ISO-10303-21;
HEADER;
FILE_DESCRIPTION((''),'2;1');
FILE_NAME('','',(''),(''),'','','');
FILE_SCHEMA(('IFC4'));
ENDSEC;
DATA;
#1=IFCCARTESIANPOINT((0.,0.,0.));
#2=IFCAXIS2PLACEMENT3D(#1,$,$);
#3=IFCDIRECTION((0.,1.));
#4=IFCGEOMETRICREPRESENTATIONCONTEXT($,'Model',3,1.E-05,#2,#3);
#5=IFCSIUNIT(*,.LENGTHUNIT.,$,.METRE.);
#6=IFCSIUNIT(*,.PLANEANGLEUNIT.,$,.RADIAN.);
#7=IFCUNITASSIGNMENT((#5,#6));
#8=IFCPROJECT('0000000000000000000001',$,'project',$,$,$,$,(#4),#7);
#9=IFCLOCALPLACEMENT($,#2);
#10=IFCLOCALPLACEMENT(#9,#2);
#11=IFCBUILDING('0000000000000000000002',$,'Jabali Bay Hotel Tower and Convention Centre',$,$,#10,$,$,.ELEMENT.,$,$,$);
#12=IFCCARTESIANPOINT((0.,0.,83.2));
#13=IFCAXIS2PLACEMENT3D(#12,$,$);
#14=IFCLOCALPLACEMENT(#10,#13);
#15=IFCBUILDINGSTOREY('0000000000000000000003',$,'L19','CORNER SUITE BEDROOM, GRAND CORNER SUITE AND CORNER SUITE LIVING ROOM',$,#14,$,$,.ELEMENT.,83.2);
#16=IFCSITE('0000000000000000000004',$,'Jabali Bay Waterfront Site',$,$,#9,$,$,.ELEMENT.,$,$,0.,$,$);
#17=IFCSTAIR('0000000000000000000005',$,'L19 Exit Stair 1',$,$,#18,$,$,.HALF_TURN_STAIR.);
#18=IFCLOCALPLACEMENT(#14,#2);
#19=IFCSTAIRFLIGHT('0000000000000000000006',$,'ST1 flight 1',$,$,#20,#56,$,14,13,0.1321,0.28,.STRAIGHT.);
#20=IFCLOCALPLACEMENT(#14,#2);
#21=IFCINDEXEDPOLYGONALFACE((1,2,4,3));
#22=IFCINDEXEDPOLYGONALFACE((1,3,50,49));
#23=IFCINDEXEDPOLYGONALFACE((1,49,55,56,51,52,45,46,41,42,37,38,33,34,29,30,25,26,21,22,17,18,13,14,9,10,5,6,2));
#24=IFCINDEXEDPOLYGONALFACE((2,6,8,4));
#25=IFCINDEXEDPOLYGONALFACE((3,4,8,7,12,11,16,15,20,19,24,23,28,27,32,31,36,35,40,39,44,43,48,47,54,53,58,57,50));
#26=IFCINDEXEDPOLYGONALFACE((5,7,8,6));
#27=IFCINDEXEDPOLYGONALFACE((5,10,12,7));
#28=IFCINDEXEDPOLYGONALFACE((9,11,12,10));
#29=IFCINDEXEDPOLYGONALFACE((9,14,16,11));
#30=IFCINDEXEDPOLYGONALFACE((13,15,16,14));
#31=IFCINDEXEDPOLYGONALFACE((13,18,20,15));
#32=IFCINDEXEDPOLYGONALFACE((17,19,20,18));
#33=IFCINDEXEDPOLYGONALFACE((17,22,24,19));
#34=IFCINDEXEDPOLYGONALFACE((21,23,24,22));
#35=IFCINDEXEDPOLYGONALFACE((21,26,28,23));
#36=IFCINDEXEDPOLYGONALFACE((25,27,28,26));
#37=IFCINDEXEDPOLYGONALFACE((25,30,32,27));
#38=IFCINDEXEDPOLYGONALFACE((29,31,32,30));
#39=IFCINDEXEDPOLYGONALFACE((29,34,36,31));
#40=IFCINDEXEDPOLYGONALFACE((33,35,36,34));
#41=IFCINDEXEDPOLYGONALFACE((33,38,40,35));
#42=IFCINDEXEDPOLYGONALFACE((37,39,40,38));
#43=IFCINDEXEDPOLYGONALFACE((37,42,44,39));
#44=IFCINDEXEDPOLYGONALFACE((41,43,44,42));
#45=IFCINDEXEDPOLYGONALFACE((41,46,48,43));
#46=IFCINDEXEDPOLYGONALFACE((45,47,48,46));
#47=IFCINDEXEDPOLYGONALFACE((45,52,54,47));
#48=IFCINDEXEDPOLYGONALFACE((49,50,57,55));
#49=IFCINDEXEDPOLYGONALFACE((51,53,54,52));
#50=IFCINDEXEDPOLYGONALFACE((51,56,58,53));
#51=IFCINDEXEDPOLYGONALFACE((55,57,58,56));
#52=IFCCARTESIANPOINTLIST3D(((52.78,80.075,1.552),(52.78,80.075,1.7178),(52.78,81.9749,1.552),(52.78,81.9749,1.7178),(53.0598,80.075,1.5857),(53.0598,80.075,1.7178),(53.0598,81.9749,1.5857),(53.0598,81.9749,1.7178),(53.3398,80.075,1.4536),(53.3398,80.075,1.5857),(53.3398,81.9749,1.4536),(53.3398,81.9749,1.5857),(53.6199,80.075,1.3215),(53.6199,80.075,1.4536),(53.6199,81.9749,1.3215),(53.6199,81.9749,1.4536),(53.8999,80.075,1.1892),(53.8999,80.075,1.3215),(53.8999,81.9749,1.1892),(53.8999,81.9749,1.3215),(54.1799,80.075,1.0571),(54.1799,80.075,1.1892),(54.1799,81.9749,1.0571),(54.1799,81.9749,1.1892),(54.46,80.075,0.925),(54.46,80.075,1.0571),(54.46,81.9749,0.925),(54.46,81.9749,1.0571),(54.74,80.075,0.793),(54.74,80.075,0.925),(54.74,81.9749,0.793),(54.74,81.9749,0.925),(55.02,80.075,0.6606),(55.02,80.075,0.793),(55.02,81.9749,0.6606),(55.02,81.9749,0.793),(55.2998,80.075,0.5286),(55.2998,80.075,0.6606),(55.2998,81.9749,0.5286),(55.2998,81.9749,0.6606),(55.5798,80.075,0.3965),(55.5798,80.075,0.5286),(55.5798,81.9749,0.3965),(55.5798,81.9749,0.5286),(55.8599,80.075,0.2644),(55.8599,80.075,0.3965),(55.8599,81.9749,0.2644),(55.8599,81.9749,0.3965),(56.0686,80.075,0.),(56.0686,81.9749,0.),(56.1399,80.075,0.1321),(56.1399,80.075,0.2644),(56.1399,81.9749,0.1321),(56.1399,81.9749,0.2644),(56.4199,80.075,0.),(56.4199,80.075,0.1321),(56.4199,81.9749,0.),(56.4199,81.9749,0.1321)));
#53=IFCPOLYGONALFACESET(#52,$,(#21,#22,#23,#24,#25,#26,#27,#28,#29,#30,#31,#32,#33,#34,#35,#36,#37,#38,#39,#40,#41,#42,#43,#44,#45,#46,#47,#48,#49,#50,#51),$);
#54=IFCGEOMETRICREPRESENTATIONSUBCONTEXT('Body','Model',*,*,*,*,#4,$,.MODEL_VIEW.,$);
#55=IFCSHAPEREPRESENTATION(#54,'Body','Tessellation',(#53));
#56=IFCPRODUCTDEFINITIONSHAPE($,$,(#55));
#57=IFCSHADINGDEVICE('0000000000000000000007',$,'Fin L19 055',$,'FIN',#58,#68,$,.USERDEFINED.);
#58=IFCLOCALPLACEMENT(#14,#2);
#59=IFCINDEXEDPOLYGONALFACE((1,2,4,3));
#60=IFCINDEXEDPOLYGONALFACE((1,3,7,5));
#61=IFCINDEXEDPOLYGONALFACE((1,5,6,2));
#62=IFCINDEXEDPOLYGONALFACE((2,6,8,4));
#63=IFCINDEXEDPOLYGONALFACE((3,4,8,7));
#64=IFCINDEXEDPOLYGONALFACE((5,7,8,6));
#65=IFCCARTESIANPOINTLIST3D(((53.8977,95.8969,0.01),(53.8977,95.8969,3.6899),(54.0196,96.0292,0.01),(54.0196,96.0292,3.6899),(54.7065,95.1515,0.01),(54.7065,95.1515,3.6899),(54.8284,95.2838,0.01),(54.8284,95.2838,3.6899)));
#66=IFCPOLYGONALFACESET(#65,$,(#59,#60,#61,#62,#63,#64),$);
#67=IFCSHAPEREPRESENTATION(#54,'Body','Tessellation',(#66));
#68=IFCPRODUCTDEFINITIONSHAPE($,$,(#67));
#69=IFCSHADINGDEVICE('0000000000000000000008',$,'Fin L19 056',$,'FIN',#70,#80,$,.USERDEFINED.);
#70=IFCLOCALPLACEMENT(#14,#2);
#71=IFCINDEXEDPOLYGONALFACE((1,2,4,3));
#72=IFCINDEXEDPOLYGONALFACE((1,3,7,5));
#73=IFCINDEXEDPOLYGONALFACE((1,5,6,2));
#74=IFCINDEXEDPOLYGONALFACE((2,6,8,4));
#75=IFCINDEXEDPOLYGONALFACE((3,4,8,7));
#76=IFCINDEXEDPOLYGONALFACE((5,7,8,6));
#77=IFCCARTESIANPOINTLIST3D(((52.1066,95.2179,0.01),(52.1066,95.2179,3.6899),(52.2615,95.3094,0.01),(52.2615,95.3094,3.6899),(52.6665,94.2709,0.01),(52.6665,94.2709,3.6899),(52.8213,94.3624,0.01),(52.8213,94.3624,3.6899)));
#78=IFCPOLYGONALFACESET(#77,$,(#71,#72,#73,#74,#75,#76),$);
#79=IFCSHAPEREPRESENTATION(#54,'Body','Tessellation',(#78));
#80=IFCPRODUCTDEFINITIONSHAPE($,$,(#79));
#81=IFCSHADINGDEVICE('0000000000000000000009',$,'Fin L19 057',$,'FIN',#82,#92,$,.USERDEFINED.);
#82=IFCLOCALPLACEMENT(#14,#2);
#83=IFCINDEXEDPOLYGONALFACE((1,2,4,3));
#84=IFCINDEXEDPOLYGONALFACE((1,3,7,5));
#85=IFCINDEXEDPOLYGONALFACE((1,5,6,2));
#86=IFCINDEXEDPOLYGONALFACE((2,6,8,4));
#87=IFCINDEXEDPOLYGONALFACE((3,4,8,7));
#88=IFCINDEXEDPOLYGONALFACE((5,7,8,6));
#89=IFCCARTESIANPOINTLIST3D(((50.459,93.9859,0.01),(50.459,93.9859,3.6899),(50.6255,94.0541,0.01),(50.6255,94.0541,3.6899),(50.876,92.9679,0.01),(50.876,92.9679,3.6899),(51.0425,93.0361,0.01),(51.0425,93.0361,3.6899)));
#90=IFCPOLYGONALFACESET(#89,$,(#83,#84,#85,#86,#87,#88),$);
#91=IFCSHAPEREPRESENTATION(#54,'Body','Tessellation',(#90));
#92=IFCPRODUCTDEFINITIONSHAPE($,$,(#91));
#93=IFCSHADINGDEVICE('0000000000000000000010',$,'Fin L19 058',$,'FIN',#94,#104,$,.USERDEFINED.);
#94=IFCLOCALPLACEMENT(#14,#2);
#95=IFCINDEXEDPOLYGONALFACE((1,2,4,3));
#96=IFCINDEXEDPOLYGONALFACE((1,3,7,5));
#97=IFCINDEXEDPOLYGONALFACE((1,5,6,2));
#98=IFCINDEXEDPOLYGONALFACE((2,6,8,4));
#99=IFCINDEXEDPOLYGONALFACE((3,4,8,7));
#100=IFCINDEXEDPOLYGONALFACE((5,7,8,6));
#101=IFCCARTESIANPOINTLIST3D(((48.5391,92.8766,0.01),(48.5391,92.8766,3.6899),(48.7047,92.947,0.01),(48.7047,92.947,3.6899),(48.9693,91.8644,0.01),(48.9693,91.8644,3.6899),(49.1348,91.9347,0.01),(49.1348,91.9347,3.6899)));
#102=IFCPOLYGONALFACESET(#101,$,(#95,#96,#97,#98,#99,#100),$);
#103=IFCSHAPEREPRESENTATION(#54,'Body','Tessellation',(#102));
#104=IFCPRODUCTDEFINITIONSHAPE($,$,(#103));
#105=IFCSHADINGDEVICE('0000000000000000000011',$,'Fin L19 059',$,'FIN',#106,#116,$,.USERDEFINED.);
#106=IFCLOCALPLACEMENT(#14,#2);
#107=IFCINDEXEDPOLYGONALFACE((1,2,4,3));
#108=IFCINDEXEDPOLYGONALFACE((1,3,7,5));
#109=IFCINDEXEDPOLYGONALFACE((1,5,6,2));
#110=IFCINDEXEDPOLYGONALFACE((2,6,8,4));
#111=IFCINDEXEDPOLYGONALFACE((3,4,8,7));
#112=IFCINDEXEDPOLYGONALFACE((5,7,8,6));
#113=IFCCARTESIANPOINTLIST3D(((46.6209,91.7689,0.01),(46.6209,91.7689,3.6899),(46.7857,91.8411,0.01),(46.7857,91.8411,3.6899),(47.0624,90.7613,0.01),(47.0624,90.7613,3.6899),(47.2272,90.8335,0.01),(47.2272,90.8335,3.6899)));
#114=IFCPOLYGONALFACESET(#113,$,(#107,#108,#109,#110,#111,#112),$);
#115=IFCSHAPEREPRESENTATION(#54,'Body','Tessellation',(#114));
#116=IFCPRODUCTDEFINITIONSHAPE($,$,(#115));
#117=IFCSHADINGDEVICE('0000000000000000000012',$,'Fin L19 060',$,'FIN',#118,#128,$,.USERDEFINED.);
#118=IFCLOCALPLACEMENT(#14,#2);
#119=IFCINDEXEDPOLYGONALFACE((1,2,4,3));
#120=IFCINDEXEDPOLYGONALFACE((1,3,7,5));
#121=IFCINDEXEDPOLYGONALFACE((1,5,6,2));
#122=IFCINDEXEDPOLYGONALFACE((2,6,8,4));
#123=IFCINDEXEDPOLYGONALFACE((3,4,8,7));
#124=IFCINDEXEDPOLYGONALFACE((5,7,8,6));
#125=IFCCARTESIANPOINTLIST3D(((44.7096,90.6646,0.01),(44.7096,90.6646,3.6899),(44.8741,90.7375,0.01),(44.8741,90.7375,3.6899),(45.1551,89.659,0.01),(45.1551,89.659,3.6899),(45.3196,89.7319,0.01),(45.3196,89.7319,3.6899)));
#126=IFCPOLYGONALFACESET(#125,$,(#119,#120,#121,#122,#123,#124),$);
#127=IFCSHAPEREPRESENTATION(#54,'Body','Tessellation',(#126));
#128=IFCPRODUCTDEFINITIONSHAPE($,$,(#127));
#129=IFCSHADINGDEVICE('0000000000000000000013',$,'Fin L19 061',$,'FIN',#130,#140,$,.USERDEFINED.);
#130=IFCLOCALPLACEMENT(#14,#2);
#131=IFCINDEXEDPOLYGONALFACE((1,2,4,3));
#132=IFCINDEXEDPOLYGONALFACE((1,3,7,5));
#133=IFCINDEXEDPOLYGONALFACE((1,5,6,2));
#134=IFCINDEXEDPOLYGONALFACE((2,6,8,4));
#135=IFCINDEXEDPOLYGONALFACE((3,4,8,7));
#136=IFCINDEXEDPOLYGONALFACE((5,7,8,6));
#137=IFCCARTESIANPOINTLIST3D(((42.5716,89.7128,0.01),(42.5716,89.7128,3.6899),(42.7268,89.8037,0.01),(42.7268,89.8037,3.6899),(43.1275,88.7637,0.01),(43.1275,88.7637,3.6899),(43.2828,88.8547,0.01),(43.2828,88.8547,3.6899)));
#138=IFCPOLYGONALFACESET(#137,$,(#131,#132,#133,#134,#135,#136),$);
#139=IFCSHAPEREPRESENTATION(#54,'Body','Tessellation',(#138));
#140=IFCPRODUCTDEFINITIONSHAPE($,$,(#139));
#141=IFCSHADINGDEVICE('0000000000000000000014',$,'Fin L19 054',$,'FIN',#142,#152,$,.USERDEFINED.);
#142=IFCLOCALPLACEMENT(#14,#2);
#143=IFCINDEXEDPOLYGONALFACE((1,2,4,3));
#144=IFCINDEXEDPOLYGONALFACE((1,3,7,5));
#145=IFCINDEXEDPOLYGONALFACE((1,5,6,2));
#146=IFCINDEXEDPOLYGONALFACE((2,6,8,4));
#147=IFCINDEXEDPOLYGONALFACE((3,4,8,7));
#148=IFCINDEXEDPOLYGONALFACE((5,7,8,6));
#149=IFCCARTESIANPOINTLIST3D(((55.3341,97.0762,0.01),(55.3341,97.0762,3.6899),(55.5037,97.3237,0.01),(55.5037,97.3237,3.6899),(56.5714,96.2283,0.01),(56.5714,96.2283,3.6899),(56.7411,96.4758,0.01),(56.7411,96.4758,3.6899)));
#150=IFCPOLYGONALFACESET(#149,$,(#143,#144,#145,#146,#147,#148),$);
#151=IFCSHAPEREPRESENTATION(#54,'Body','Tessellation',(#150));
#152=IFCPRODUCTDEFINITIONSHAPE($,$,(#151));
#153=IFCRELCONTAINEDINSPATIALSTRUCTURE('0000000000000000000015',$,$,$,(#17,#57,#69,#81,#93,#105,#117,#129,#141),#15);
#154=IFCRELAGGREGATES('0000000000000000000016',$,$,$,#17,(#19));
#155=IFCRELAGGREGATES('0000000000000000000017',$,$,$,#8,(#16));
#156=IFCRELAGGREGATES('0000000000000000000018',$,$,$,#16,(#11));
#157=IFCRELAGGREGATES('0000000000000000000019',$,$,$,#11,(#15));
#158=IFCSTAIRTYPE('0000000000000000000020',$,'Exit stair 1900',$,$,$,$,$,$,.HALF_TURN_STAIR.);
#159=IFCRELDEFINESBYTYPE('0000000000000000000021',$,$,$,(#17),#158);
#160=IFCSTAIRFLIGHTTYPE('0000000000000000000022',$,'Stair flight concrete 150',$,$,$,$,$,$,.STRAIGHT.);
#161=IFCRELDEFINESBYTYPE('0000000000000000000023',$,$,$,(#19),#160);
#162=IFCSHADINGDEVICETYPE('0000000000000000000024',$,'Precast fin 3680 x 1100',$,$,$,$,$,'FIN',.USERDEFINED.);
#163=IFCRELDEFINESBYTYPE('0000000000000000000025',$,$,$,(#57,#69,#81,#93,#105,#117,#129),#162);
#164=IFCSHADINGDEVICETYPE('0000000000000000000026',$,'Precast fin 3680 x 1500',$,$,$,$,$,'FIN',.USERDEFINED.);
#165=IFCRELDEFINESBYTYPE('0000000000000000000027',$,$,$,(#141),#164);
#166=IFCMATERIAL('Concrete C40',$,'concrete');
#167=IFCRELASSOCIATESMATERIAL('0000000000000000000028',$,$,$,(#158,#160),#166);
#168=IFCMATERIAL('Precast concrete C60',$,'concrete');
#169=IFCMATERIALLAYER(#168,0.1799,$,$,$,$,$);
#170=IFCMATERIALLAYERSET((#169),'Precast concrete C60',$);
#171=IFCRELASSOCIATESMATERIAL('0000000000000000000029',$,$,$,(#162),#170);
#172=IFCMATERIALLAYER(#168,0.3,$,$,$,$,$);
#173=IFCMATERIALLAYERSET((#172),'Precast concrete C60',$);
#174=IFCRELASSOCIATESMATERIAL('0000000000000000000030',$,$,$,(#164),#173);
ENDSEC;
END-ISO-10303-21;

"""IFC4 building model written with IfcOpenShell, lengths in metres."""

from ifc_helpers import new_model, si_unit, direction, frame, frame_2d, origin, place, context, subcontext, project, spatial, polyline, rectangle, outline, extrude, material, layer, layer_set, type_object, element, aggregate, save


model = new_model("IFC4")

# Units and contexts
model_context = context("Model", 3, precision=1e-05, world=origin(), true_north=direction((0.0, 1.0)))
body_context = subcontext(model_context, "Body", "Model", "MODEL_VIEW")
ifc_project = project(units=[si_unit("LENGTHUNIT", "METRE"), si_unit("PLANEANGLEUNIT", "RADIAN")], contexts=[model_context])

# Site, building, storey
site_placement = place(None, origin())
site = spatial("IfcSite", under=ifc_project, at=site_placement, Name="Jabali Bay Waterfront Site", CompositionType="ELEMENT", RefElevation=0.0)
building_placement = place(site_placement, origin())
building = spatial("IfcBuilding", under=site, at=building_placement, Name="Jabali Bay Hotel Tower and Convention Centre", CompositionType="ELEMENT")
storey_placement = place(building_placement, frame((0.0, 0.0, 83.2)))
storey = spatial("IfcBuildingStorey", under=building, at=storey_placement, Name="L19", Description="CORNER SUITE BEDROOM, GRAND CORNER SUITE AND CORNER SUITE LIVING ROOM", CompositionType="ELEMENT", Elevation=83.2)

# Shared definitions
ifc_material_1 = material(Name="Concrete C40", Category="concrete")

# Stair, stair flight
stair_type = type_object("IfcStairType", Name="Exit stair 1900", PredefinedType="HALF_TURN_STAIR", material=ifc_material_1)
stair_placement = place(storey_placement, origin())
stair = element("IfcStair", 1, at=stair_placement, inside=storey, type_object=stair_type, Name="L19 Exit Stair 1", PredefinedType="HALF_TURN_STAIR")
stair_flight_type = type_object("IfcStairFlightType", Name="Stair flight concrete 150", PredefinedType="STRAIGHT", material=ifc_material_1)
stair_flight_placement = place(storey_placement, frame((56.4199, 81.0249, 0.0), z_axis=(0.0, 0.0, 1.0), x_axis=(-1.0, 0.0, 0.0)))
stair_flight = element("IfcStairFlight", 2, at=stair_flight_placement, type_object=stair_flight_type, Name="ST1 flight 1", NumberOfRisers=14, NumberOfTreads=13, PredefinedType="STRAIGHT", RiserHeight=0.1321, TreadLength=0.28, context=body_context, shape_type="SweptSolid", body=[
    extrude(outline(polyline([(0.0, 0.0), (0.0, 0.1321), (0.28, 0.1321), (0.28, 0.2644), (0.5601, 0.2644), (0.5601, 0.3965), (0.8401, 0.3965), (0.8401, 0.5286), (1.1201, 0.5286), (1.1201, 0.6606), (1.3999, 0.6606), (1.3999, 0.793), (1.6799, 0.793), (1.6799, 0.925), (1.96, 0.925), (1.96, 1.0571), (2.24, 1.0571), (2.24, 1.1892), (2.52, 1.1892), (2.52, 1.3215), (2.8, 1.3215), (2.8, 1.4536), (3.0801, 1.4536), (3.0801, 1.5857), (3.3601, 1.5857), (3.3601, 1.7178), (3.6399, 1.7178), (3.6399, 1.8501), (3.6399, 1.552), (0.3513, 0.0), (0.0, 0.0)])), frame((0.0, 0.95, 0.0), z_axis=(0.0, -1.0, 0.0), x_axis=(1.0, 0.0, 0.0)), (0.0, 0.0, 1.0), 1.8999),
])
aggregate(stair, [stair_flight])

# Shading devices
ifc_material_2 = material(Name="Precast concrete C60", Category="concrete")
ifc_layer_1 = layer(ifc_material_2, 0.1799)
ifc_layer_set_1 = layer_set([ifc_layer_1], Name="Precast concrete C60")
shading_device_type_1 = type_object("IfcShadingDeviceType", Name="Precast fin 3680 x 1100", ElementType="FIN", PredefinedType="USERDEFINED", material=ifc_layer_set_1)
shading_device_1_placement = place(storey_placement, frame((54.7673, 95.2178, 0.01), z_axis=(0.0, 0.0, 1.0), x_axis=(-0.735373, 0.677662, 0.0)))
element("IfcShadingDevice", 3, at=shading_device_1_placement, inside=storey, type_object=shading_device_type_1, Name="Fin L19 055", ObjectType="FIN", PredefinedType="USERDEFINED", context=body_context, shape_type="SweptSolid", body=[
    extrude(rectangle(XDim=1.0999, YDim=0.1799, at=frame_2d((0.5498, 0.0))), origin(), (0.0, 0.0, 1.0), 3.6799),
])
for number, where, z_axis, x_axis, name in (
    (4, (52.7439, 94.3167, 0.01), (0.0, 0.0, 1.0), (-0.508871, 0.860843, 0.0), "Fin L19 056"),
    (5, (50.9592, 93.002, 0.01), (0.0, 0.0, 1.0), (-0.37903, 0.925384, 0.0), "Fin L19 057"),
):
    element("IfcShadingDevice", number, at=place(storey_placement, frame(where, z_axis=z_axis, x_axis=x_axis)), inside=storey, type_object=shading_device_type_1, Name=name, ObjectType="FIN", PredefinedType="USERDEFINED", context=body_context, shape_type="SweptSolid", body=[
        extrude(rectangle(XDim=1.1001, YDim=0.1799, at=frame_2d((0.55, 0.0))), origin(), (0.0, 0.0, 1.0), 3.6799),
    ])
shading_device_2_placement = place(storey_placement, frame((49.052, 91.8997, 0.01), z_axis=(0.0, 0.0, 1.0), x_axis=(-0.391131, 0.920335, 0.0)))
element("IfcShadingDevice", 6, at=shading_device_2_placement, inside=storey, type_object=shading_device_type_1, Name="Fin L19 058", ObjectType="FIN", PredefinedType="USERDEFINED", context=body_context, shape_type="SweptSolid", body=[
    extrude(rectangle(XDim=1.0999, YDim=0.1799, at=frame_2d((0.5498, 0.0))), origin(), (0.0, 0.0, 1.0), 3.6799),
])
shading_device_3_placement = place(storey_placement, frame((47.1448, 90.7974, 0.01), z_axis=(0.0, 0.0, 1.0), x_axis=(-0.401273, 0.915959, 0.0)))
element("IfcShadingDevice", 7, at=shading_device_3_placement, inside=storey, type_object=shading_device_type_1, Name="Fin L19 059", ObjectType="FIN", PredefinedType="USERDEFINED", context=body_context, shape_type="SweptSolid", body=[
    extrude(rectangle(XDim=1.1001, YDim=0.1799, at=frame_2d((0.55, 0.0))), origin(), (0.0, 0.0, 1.0), 3.6799),
])
for number, where, z_axis, x_axis, name in (
    (8, (45.2373, 89.6956, 0.01), (0.0, 0.0, 1.0), (-0.405088, 0.914278, 0.0), "Fin L19 060"),
    (9, (43.2051, 88.8093, 0.01), (0.0, 0.0, 1.0), (-0.505457, 0.862852, 0.0), "Fin L19 061"),
):
    element("IfcShadingDevice", number, at=place(storey_placement, frame(where, z_axis=z_axis, x_axis=x_axis)), inside=storey, type_object=shading_device_type_1, Name=name, ObjectType="FIN", PredefinedType="USERDEFINED", context=body_context, shape_type="SweptSolid", body=[
        extrude(rectangle(XDim=1.0999, YDim=0.1799, at=frame_2d((0.5498, 0.0))), origin(), (0.0, 0.0, 1.0), 3.6799),
    ])
ifc_layer_2 = layer(ifc_material_2, 0.3)
ifc_layer_set_2 = layer_set([ifc_layer_2], Name="Precast concrete C60")
shading_device_type_2 = type_object("IfcShadingDeviceType", Name="Precast fin 3680 x 1500", ElementType="FIN", PredefinedType="USERDEFINED", material=ifc_layer_set_2)
shading_device_4_placement = place(storey_placement, frame((56.6562, 96.3521, 0.01), z_axis=(0.0, 0.0, 1.0), x_axis=(-0.824896, 0.565285, 0.0)))
element("IfcShadingDevice", 10, at=shading_device_4_placement, inside=storey, type_object=shading_device_type_2, Name="Fin L19 054", ObjectType="FIN", PredefinedType="USERDEFINED", context=body_context, shape_type="SweptSolid", body=[
    extrude(rectangle(XDim=1.5, YDim=0.3, at=frame_2d((0.75, 0.0))), origin(), (0.0, 0.0, 1.0), 3.6799),
])

save(model, "model.ifc")
